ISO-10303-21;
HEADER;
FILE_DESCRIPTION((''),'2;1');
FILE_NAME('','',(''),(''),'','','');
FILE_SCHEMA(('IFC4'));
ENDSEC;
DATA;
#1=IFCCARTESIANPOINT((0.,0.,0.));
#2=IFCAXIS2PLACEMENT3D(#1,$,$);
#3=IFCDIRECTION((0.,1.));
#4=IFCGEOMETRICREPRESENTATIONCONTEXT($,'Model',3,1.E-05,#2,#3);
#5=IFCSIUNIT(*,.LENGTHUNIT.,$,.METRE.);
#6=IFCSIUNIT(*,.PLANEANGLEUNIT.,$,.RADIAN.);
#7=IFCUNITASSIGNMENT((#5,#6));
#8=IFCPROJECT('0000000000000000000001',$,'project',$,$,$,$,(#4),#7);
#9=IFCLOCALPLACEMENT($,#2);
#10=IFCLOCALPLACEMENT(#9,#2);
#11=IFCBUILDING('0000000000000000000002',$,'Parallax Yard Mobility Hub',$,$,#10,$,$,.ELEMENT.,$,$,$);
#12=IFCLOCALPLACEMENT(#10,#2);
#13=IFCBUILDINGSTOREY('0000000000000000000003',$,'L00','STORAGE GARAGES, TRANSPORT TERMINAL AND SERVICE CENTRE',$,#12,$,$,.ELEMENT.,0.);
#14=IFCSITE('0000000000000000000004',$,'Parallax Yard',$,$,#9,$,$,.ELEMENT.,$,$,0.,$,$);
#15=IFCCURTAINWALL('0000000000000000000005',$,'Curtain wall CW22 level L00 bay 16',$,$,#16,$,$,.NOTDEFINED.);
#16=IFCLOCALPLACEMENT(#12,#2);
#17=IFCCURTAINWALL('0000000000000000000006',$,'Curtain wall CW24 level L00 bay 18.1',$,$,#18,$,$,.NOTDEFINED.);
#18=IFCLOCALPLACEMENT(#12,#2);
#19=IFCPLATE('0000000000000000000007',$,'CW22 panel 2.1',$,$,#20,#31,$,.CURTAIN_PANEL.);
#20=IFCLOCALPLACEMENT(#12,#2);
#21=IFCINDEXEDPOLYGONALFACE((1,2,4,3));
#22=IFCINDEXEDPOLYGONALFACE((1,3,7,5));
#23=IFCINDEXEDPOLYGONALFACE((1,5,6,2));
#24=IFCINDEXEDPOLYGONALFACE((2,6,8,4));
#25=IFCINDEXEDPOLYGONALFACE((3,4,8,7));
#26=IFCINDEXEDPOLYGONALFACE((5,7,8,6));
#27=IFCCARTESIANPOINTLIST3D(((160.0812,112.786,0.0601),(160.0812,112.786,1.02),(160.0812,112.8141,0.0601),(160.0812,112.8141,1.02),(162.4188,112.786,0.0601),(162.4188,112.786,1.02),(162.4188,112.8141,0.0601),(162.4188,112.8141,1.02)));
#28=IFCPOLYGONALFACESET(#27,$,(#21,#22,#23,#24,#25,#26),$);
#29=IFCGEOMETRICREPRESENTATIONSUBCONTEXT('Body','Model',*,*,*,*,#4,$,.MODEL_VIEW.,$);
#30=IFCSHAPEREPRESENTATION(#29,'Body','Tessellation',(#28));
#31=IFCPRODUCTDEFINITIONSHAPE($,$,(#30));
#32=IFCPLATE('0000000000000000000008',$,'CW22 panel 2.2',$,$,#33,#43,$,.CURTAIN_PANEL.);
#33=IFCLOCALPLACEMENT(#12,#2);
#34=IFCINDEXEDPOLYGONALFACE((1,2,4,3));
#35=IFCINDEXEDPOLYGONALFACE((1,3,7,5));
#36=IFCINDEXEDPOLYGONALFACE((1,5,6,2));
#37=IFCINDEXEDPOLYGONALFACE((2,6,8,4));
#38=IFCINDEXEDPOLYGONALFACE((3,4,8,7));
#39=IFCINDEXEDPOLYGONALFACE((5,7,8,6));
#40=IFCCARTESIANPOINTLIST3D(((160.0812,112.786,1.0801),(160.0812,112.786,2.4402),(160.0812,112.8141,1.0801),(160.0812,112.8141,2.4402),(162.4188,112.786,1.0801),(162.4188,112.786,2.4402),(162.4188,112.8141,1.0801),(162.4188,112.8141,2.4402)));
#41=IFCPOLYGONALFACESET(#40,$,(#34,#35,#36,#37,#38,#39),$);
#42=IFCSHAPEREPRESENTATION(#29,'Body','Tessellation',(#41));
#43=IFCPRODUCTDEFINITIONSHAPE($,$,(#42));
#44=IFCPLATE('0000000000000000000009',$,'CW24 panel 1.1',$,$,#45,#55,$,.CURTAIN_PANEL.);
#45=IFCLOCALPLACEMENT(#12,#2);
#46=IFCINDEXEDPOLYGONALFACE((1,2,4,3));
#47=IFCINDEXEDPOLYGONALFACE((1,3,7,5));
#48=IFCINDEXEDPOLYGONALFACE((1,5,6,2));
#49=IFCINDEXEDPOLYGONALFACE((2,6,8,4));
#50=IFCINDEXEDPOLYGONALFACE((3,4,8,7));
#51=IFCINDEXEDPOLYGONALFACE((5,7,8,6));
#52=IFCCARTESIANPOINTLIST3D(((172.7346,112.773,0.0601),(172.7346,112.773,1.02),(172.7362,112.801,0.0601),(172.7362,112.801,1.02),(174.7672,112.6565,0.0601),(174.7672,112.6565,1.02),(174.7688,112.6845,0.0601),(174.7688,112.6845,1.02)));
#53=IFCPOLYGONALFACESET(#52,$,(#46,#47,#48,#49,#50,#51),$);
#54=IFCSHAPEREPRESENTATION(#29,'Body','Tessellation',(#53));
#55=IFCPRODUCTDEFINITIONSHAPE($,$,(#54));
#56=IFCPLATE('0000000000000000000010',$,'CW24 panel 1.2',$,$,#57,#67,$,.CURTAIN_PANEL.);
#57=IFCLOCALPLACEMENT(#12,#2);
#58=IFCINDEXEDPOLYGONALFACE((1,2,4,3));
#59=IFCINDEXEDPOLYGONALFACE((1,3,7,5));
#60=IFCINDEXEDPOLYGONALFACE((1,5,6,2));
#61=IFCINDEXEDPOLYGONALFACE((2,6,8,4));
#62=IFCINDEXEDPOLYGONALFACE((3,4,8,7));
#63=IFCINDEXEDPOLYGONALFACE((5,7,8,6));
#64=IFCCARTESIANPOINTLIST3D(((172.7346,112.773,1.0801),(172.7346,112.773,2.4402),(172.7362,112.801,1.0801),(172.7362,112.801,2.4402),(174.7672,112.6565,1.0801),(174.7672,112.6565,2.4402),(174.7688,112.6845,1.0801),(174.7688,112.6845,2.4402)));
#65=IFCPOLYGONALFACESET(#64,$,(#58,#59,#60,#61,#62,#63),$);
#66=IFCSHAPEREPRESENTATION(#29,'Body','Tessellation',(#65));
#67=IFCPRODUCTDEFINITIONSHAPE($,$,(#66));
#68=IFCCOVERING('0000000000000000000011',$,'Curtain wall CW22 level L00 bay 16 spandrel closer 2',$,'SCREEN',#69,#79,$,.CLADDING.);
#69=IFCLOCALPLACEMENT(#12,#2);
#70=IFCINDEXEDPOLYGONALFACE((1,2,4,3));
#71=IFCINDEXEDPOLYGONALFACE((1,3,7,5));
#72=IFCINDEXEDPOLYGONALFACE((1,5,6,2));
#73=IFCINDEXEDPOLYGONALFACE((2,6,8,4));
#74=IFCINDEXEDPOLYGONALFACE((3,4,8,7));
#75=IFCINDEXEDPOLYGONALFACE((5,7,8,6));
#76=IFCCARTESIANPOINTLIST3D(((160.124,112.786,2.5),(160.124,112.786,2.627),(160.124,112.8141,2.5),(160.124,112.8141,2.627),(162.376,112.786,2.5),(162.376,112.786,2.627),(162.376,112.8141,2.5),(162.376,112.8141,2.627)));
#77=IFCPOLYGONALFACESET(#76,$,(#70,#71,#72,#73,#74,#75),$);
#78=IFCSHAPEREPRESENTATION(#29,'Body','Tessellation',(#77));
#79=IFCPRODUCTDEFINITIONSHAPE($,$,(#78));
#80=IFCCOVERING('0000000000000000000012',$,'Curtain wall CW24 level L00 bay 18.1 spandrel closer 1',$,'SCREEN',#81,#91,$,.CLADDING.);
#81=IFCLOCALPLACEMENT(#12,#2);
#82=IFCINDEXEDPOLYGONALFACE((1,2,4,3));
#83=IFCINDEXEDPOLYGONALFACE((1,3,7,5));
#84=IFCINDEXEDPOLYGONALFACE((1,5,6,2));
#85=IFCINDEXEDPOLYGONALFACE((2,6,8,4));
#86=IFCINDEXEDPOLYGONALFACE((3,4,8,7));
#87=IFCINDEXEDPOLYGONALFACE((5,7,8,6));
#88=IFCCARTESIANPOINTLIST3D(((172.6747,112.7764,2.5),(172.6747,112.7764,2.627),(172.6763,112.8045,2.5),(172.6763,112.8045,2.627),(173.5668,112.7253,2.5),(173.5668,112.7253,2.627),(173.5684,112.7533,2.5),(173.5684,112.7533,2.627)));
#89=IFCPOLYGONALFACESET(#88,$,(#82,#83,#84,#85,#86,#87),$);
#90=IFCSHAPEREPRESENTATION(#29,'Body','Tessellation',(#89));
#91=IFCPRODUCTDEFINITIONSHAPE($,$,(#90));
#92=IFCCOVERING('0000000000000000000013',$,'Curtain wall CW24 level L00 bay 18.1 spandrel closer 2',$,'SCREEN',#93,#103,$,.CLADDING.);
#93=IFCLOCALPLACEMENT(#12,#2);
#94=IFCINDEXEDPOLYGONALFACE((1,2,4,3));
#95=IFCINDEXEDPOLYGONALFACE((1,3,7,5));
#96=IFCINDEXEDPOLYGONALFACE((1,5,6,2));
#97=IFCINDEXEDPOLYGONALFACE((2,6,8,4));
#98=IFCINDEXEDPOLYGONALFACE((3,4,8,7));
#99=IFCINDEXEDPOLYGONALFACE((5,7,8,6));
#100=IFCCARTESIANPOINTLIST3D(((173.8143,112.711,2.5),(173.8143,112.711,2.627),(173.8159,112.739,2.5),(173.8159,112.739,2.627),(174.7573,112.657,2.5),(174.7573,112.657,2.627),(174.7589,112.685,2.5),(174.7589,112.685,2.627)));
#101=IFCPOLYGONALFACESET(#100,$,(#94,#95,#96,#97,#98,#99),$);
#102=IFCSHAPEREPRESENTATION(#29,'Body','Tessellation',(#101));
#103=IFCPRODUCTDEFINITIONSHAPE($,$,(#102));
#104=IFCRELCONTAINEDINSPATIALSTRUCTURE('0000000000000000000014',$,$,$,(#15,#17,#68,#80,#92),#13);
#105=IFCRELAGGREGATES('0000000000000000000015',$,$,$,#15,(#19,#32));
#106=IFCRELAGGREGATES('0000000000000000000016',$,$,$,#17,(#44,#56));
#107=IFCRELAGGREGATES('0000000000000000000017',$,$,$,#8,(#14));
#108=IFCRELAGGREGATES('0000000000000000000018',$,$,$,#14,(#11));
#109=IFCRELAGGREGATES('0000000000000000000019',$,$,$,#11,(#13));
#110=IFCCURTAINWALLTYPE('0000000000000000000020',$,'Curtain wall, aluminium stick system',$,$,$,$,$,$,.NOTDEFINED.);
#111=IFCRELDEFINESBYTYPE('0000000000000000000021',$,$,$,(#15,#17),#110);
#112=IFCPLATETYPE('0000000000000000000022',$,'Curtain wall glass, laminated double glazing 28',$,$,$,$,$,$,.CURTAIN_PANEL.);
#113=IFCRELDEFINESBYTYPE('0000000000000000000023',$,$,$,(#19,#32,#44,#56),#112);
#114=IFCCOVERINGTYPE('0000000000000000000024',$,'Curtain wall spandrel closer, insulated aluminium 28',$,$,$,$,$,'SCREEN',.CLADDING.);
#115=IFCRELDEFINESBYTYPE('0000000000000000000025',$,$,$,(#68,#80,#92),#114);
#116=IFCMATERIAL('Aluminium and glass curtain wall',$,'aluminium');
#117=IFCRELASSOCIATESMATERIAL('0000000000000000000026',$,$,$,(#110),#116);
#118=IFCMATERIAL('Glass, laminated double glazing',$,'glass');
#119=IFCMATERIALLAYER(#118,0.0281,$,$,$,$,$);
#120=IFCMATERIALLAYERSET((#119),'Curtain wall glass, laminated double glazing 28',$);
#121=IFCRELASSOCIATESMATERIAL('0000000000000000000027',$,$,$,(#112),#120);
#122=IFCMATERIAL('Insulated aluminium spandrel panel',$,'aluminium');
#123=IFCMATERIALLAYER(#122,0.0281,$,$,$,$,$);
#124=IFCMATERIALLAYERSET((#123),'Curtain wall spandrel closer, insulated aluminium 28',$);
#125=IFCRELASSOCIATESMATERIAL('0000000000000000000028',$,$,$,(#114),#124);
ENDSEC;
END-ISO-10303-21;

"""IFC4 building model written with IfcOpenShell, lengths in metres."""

from ifc_helpers import new_model, si_unit, direction, frame, origin, origin_2d, place, context, subcontext, project, spatial, rectangle, extrude, material, layer, layer_set, type_object, element, aggregate, save


model = new_model("IFC4")

# Units and contexts
model_context = context("Model", 3, precision=1e-05, world=origin(), true_north=direction((0.0, 1.0)))
body_context = subcontext(model_context, "Body", "Model", "MODEL_VIEW")
ifc_project = project(units=[si_unit("LENGTHUNIT", "METRE"), si_unit("PLANEANGLEUNIT", "RADIAN")], contexts=[model_context])

# Site, building, storey
site_placement = place(None, origin())
site = spatial("IfcSite", under=ifc_project, at=site_placement, Name="Parallax Yard", CompositionType="ELEMENT", RefElevation=0.0)
building_placement = place(site_placement, origin())
building = spatial("IfcBuilding", under=site, at=building_placement, Name="Parallax Yard Mobility Hub", CompositionType="ELEMENT")
storey_placement = place(building_placement, origin())
storey = spatial("IfcBuildingStorey", under=building, at=storey_placement, Name="L00", Description="STORAGE GARAGES, TRANSPORT TERMINAL AND SERVICE CENTRE", CompositionType="ELEMENT", Elevation=0.0)

# Curtain walls
ifc_material_1 = material(Name="Aluminium and glass curtain wall", Category="aluminium")
curtain_wall_type = type_object("IfcCurtainWallType", Name="Curtain wall, aluminium stick system", PredefinedType="NOTDEFINED", material=ifc_material_1)
curtain_wall_1_placement = place(storey_placement, origin())
curtain_wall_1 = element("IfcCurtainWall", 1, at=curtain_wall_1_placement, inside=storey, type_object=curtain_wall_type, Name="Curtain wall CW22 level L00 bay 16", PredefinedType="NOTDEFINED")
curtain_wall_2_placement = place(storey_placement, origin())
curtain_wall_2 = element("IfcCurtainWall", 2, at=curtain_wall_2_placement, inside=storey, type_object=curtain_wall_type, Name="Curtain wall CW24 level L00 bay 18.1", PredefinedType="NOTDEFINED")

# Plates
ifc_material_2 = material(Name="Glass, laminated double glazing", Category="glass")
ifc_layer_1 = layer(ifc_material_2, 0.0281)
ifc_layer_set_1 = layer_set([ifc_layer_1], Name="Curtain wall glass, laminated double glazing 28")
plate_type = type_object("IfcPlateType", Name="Curtain wall glass, laminated double glazing 28", PredefinedType="CURTAIN_PANEL", material=ifc_layer_set_1)
plate_1_placement = place(storey_placement, frame((161.25, 112.8, 0.0601), z_axis=(0.0, 0.0, 1.0), x_axis=(1.0, 0.0, 0.0)))
plate_1 = element("IfcPlate", 3, at=plate_1_placement, type_object=plate_type, Name="CW22 panel 2.1", PredefinedType="CURTAIN_PANEL", context=body_context, shape_type="SweptSolid", body=[
    extrude(rectangle(XDim=2.3376, YDim=0.0281, at=origin_2d()), origin(), (0.0, 0.0, 1.0), 0.96),
])
plate_2_placement = place(storey_placement, frame((161.25, 112.8, 1.0801), z_axis=(0.0, 0.0, 1.0), x_axis=(1.0, 0.0, 0.0)))
plate_2 = element("IfcPlate", 4, at=plate_2_placement, type_object=plate_type, Name="CW22 panel 2.2", PredefinedType="CURTAIN_PANEL", context=body_context, shape_type="SweptSolid", body=[
    extrude(rectangle(XDim=2.3376, YDim=0.0281, at=origin_2d()), origin(), (0.0, 0.0, 1.0), 1.3601),
])
aggregate(curtain_wall_1, [plate_1, plate_2])
plate_3_placement = place(storey_placement, frame((173.7517, 112.7288, 0.0601), z_axis=(0.0, 0.0, 1.0), x_axis=(0.998361, -0.057237, 0.0)))
plate_3 = element("IfcPlate", 5, at=plate_3_placement, type_object=plate_type, Name="CW24 panel 1.1", PredefinedType="CURTAIN_PANEL", context=body_context, shape_type="SweptSolid", body=[
    extrude(rectangle(XDim=2.0359, YDim=0.0281, at=origin_2d()), origin(), (0.0, 0.0, 1.0), 0.96),
])
plate_4_placement = place(storey_placement, frame((173.7517, 112.7288, 1.0801), z_axis=(0.0, 0.0, 1.0), x_axis=(0.998361, -0.057237, 0.0)))
plate_4 = element("IfcPlate", 6, at=plate_4_placement, type_object=plate_type, Name="CW24 panel 1.2", PredefinedType="CURTAIN_PANEL", context=body_context, shape_type="SweptSolid", body=[
    extrude(rectangle(XDim=2.0359, YDim=0.0281, at=origin_2d()), origin(), (0.0, 0.0, 1.0), 1.3601),
])
aggregate(curtain_wall_2, [plate_3, plate_4])

# Coverings
ifc_material_3 = material(Name="Insulated aluminium spandrel panel", Category="aluminium")
ifc_layer_2 = layer(ifc_material_3, 0.0281)
ifc_layer_set_2 = layer_set([ifc_layer_2], Name="Curtain wall spandrel closer, insulated aluminium 28")
covering_type = type_object("IfcCoveringType", Name="Curtain wall spandrel closer, insulated aluminium 28", ElementType="SCREEN", PredefinedType="CLADDING", material=ifc_layer_set_2)
covering_1_placement = place(storey_placement, frame((161.25, 112.8, 2.5), z_axis=(0.0, 0.0, 1.0), x_axis=(1.0, 0.0, 0.0)))
element("IfcCovering", 7, at=covering_1_placement, inside=storey, type_object=covering_type, Name="Curtain wall CW22 level L00 bay 16 spandrel closer 2", ObjectType="SCREEN", PredefinedType="CLADDING", context=body_context, shape_type="SweptSolid", body=[
    extrude(rectangle(XDim=2.252, YDim=0.0281, at=origin_2d()), origin(), (0.0, 0.0, 1.0), 0.127),
])
covering_2_placement = place(storey_placement, frame((173.1216, 112.7649, 2.5), z_axis=(0.0, 0.0, 1.0), x_axis=(0.998361, -0.057233, 0.0)))
element("IfcCovering", 8, at=covering_2_placement, inside=storey, type_object=covering_type, Name="Curtain wall CW24 level L00 bay 18.1 spandrel closer 1", ObjectType="SCREEN", PredefinedType="CLADDING", context=body_context, shape_type="SweptSolid", body=[
    extrude(rectangle(XDim=0.8936, YDim=0.0281, at=origin_2d()), origin(), (0.0, 0.0, 1.0), 0.127),
])
covering_3_placement = place(storey_placement, frame((174.2866, 112.698, 2.5), z_axis=(0.0, 0.0, 1.0), x_axis=(0.998361, -0.057233, 0.0)))
element("IfcCovering", 9, at=covering_3_placement, inside=storey, type_object=covering_type, Name="Curtain wall CW24 level L00 bay 18.1 spandrel closer 2", ObjectType="SCREEN", PredefinedType="CLADDING", context=body_context, shape_type="SweptSolid", body=[
    extrude(rectangle(XDim=0.9446, YDim=0.0281, at=origin_2d()), origin(), (0.0, 0.0, 1.0), 0.127),
])

save(model, "model.ifc")
